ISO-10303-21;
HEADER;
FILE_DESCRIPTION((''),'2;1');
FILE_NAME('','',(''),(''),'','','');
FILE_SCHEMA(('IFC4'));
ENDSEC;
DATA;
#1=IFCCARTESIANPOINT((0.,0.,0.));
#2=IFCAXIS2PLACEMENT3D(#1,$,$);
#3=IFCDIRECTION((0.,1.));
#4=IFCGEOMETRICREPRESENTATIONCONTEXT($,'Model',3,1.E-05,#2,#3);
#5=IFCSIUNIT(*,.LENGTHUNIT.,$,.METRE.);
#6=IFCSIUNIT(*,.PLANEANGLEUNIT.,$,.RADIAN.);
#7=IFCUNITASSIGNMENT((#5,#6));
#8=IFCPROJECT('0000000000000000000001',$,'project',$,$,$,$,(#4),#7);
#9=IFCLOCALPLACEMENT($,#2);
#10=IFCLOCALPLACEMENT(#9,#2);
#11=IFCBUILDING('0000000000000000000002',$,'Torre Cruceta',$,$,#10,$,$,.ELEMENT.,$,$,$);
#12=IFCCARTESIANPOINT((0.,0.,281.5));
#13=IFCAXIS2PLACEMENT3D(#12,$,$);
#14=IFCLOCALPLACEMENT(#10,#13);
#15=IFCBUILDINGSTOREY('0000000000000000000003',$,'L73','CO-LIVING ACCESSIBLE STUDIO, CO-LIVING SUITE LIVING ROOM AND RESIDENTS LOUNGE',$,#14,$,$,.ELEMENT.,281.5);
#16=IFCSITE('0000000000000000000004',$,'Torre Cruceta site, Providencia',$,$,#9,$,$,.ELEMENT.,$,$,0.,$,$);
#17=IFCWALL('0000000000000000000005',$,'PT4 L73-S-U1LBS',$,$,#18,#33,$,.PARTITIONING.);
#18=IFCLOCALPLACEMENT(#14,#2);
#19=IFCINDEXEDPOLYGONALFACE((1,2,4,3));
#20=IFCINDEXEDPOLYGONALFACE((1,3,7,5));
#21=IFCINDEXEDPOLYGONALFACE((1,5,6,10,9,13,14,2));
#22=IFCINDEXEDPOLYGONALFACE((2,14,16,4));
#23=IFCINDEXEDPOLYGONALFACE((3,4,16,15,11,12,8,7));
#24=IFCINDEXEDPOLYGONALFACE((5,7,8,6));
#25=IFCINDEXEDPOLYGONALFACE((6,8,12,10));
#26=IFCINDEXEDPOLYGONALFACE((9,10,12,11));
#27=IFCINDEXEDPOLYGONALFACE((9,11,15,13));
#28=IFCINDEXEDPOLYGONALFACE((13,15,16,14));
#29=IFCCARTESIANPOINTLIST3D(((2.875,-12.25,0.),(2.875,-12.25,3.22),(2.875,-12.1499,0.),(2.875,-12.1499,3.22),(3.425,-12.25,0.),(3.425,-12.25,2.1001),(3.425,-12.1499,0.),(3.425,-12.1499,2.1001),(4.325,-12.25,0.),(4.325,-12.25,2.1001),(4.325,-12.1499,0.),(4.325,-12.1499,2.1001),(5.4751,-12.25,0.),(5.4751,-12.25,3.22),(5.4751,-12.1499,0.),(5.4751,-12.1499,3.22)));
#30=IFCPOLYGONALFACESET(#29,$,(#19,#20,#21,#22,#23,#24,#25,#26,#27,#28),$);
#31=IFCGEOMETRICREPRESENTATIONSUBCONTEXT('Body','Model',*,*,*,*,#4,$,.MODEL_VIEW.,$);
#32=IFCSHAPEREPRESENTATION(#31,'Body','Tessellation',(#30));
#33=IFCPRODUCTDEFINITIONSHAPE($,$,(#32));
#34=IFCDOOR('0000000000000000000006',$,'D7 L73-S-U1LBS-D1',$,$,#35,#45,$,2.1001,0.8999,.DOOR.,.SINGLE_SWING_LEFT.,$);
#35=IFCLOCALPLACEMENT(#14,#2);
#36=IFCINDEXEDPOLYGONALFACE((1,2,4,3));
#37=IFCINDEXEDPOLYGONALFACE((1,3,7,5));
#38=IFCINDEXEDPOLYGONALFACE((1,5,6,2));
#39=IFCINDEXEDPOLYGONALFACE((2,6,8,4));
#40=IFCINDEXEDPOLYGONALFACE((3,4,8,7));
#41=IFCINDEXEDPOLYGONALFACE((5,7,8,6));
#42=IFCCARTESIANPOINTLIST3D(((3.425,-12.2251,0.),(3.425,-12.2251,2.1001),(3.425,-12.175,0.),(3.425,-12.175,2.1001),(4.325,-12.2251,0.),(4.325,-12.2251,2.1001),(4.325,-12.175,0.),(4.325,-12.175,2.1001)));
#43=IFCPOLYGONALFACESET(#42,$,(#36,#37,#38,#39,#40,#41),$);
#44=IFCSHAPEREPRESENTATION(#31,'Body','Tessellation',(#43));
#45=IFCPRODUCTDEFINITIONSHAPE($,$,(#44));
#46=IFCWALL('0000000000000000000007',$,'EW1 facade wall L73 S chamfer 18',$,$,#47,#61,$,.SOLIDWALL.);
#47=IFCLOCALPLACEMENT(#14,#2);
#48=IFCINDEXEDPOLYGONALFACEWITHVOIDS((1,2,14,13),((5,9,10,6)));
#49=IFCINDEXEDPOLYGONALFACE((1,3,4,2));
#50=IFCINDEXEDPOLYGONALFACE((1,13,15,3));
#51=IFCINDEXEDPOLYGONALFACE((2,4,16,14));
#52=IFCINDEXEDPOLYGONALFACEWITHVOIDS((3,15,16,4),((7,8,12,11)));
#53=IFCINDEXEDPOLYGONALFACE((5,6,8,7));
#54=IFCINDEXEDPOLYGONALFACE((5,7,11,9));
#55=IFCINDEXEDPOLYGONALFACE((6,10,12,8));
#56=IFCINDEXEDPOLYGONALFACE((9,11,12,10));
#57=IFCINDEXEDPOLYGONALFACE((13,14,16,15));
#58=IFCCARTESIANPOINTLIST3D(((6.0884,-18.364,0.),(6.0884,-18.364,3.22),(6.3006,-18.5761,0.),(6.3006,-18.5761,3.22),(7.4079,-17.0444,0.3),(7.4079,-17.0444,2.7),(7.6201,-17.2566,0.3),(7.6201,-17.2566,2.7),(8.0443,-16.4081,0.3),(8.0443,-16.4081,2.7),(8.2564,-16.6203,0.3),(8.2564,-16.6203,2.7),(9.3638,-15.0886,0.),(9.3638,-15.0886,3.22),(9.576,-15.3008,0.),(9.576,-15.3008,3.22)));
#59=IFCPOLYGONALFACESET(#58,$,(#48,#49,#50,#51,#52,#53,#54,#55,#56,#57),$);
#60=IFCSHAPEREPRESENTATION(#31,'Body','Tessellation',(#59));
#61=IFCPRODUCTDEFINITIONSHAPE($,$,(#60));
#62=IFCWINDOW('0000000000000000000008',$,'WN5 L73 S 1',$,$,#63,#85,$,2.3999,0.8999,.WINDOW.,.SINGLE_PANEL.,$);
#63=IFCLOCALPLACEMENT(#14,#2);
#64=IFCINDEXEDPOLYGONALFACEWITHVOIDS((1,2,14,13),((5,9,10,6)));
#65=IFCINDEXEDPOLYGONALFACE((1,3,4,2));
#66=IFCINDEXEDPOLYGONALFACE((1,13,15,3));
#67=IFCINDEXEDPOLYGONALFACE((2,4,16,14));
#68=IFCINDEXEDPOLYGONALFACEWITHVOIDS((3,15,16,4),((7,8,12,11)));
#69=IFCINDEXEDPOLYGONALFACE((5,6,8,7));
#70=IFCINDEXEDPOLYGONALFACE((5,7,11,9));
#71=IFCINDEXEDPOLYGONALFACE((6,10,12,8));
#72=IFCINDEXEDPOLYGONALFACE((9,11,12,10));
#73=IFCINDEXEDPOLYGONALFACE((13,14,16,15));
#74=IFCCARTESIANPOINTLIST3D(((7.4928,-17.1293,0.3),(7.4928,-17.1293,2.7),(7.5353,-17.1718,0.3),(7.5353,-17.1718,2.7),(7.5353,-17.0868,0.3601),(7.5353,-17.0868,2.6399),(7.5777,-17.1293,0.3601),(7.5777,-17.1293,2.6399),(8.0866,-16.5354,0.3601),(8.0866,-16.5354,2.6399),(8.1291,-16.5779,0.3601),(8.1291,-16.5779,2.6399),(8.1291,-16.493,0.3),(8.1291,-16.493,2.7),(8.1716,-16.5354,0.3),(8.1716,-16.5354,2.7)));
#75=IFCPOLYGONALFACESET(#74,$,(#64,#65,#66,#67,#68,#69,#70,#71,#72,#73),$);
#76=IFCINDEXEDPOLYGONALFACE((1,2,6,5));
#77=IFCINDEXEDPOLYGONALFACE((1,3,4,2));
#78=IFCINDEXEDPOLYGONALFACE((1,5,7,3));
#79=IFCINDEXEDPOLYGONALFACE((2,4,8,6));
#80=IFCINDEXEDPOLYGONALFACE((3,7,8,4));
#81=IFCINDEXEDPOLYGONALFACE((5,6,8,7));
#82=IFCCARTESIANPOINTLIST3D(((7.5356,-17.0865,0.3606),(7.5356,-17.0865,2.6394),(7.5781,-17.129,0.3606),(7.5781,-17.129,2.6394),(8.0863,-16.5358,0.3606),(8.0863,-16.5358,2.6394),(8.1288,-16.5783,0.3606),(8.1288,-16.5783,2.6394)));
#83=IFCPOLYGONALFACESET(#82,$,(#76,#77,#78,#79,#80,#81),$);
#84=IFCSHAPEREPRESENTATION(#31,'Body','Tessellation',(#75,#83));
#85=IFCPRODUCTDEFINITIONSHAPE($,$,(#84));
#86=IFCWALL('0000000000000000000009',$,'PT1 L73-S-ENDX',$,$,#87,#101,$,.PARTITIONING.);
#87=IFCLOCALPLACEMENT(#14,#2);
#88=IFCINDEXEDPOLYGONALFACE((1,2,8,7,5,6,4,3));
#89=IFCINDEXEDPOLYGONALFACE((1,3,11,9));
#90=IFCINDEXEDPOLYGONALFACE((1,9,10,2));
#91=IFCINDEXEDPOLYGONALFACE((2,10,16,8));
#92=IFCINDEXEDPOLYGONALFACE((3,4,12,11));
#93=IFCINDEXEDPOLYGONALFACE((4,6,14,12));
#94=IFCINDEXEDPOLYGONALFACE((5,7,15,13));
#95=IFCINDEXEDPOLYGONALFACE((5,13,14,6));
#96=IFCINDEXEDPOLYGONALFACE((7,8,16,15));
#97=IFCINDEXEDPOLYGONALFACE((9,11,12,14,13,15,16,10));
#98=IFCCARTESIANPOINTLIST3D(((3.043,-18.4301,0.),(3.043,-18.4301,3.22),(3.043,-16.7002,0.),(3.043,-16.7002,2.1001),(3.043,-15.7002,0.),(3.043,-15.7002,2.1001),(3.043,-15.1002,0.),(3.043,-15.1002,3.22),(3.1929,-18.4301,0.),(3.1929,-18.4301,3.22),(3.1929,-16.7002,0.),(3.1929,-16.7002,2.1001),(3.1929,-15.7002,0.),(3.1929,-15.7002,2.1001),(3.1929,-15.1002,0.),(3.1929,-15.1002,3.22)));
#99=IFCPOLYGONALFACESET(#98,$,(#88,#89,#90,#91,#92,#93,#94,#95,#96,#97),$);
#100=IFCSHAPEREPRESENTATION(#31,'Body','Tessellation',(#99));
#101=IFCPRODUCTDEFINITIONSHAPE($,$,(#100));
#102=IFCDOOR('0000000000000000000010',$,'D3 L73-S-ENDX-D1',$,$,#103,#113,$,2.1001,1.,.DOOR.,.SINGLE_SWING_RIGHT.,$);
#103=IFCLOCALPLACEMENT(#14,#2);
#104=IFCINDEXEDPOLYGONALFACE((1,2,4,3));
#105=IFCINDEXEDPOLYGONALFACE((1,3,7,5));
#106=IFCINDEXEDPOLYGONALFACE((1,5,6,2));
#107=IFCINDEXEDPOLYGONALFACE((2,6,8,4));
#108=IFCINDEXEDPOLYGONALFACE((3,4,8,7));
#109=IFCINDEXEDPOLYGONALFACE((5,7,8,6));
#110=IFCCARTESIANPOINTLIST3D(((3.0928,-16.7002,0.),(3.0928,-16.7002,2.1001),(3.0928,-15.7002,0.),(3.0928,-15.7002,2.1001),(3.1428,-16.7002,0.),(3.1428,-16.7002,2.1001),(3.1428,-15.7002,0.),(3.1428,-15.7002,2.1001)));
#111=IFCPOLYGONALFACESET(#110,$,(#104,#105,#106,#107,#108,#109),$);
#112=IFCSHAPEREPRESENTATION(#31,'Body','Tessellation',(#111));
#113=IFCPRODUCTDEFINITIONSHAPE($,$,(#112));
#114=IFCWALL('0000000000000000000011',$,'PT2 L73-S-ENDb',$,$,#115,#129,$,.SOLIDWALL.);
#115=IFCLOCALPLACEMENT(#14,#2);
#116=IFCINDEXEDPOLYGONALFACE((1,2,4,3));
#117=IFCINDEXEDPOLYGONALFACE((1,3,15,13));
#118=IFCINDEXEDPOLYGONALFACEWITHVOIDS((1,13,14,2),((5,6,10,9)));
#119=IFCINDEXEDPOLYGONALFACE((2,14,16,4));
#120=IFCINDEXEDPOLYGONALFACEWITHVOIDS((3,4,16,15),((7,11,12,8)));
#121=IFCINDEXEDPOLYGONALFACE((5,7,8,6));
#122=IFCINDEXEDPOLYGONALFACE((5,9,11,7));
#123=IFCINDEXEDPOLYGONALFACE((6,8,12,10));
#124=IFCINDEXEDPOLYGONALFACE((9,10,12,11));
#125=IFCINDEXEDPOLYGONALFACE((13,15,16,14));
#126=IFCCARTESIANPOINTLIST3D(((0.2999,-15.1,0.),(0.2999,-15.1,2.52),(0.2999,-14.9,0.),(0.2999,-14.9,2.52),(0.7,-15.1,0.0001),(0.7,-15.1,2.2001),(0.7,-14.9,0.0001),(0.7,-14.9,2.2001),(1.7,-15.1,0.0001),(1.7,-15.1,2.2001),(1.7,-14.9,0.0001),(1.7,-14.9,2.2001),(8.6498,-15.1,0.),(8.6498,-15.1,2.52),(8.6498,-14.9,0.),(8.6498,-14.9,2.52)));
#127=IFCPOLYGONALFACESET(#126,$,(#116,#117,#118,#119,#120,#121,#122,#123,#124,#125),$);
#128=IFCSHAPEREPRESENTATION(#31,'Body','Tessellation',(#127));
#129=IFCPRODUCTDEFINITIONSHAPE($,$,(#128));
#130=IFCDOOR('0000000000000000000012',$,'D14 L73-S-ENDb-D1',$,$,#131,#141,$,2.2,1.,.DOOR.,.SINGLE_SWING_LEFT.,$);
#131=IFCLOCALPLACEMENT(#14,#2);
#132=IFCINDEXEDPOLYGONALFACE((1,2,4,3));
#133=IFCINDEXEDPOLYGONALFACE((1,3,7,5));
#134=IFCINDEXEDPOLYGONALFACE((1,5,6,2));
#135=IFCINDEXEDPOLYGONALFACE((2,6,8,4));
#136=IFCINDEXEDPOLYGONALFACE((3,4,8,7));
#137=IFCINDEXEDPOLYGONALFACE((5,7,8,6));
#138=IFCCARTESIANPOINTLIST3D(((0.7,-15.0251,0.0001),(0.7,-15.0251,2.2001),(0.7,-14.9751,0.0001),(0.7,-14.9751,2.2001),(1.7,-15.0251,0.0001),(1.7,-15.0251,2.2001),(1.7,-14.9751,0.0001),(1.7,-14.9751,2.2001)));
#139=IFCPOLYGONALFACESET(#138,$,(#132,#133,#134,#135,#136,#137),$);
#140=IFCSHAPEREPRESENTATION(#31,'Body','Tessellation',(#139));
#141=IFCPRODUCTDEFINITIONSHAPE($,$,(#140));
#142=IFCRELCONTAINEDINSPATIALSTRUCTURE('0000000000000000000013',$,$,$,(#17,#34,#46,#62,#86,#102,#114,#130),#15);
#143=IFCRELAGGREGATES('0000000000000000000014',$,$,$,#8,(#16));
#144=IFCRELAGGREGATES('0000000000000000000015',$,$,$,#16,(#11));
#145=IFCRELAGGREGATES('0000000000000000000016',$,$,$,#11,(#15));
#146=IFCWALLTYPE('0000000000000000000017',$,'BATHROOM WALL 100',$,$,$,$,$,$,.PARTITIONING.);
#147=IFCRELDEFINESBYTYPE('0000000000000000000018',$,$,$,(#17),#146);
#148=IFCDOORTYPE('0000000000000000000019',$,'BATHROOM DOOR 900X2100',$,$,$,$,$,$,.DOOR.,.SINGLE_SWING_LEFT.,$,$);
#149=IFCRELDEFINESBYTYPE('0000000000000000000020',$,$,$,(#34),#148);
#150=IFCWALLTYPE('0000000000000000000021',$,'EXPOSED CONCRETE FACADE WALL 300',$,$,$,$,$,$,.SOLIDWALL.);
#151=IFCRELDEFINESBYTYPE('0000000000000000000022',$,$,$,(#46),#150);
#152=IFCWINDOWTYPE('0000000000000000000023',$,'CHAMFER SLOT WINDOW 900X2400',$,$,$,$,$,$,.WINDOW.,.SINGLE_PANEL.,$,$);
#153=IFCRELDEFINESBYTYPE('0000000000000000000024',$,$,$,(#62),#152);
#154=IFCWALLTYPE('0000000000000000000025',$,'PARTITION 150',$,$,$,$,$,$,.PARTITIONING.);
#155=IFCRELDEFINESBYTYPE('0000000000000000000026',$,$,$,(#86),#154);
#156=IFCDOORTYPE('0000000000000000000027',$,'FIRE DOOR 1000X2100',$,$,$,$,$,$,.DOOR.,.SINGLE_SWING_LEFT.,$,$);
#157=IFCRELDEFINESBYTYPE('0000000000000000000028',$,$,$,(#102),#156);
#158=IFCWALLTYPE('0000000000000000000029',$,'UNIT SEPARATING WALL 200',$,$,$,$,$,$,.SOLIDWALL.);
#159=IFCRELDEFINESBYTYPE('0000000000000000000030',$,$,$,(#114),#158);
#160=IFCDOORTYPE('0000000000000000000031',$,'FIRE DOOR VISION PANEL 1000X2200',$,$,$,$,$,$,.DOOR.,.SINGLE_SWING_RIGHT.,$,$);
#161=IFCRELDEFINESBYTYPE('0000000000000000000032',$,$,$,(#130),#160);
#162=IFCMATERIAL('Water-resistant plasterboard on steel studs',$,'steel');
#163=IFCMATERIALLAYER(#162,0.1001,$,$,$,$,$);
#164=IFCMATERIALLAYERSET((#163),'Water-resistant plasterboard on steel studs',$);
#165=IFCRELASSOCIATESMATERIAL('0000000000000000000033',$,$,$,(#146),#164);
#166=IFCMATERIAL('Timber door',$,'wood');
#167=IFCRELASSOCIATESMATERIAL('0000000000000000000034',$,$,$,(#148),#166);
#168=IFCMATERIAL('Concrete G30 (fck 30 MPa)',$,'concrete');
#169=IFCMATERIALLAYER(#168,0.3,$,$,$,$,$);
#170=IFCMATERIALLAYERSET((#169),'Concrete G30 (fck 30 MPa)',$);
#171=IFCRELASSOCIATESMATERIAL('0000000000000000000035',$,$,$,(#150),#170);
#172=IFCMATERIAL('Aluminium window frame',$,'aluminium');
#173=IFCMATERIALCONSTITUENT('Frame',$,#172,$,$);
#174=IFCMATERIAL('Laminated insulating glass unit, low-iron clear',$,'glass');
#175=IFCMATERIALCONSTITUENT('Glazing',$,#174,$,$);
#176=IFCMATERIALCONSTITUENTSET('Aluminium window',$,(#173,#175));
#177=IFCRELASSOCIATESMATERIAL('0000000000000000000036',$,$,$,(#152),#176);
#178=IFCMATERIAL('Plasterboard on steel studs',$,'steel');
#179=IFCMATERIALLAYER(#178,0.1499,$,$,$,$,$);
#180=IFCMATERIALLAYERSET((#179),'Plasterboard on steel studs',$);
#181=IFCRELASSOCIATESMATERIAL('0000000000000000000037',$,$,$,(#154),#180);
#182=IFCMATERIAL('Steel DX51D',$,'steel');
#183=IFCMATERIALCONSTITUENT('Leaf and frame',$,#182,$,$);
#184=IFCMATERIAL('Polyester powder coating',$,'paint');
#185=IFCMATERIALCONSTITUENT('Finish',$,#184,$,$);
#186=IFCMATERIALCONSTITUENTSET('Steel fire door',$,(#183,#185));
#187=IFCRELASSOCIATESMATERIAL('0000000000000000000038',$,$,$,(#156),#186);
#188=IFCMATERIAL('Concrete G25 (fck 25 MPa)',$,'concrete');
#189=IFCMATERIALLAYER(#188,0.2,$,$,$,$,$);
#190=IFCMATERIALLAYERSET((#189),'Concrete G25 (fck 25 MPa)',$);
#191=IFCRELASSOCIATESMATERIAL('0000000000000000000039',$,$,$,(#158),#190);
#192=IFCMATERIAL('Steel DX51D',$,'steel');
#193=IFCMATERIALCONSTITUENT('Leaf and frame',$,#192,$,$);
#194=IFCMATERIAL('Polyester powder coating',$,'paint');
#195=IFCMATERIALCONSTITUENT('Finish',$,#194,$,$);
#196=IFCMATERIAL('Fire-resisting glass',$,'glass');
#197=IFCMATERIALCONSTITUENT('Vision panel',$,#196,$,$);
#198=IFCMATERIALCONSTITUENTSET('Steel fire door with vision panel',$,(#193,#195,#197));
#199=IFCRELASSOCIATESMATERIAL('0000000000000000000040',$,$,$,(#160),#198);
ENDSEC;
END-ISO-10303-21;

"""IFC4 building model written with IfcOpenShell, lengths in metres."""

from ifc_helpers import new_model, si_unit, direction, frame, frame_2d, origin, place, context, subcontext, project, spatial, rectangle, hollow_rectangle, extrude, material, layer, layer_set, constituent, constituent_set, type_object, element, fill, save


model = new_model("IFC4")

# Units and contexts
model_context = context("Model", 3, precision=1e-05, world=origin(), true_north=direction((0.0, 1.0)))
body_context = subcontext(model_context, "Body", "Model", "MODEL_VIEW")
ifc_project = project(units=[si_unit("LENGTHUNIT", "METRE"), si_unit("PLANEANGLEUNIT", "RADIAN")], contexts=[model_context])

# Site, building, storey
site_placement = place(None, origin())
site = spatial("IfcSite", under=ifc_project, at=site_placement, Name="Torre Cruceta site, Providencia", CompositionType="ELEMENT", RefElevation=0.0)
building_placement = place(site_placement, origin())
building = spatial("IfcBuilding", under=site, at=building_placement, Name="Torre Cruceta", CompositionType="ELEMENT")
storey_placement = place(building_placement, frame((0.0, 0.0, 281.5)))
storey = spatial("IfcBuildingStorey", under=building, at=storey_placement, Name="L73", Description="CO-LIVING ACCESSIBLE STUDIO, CO-LIVING SUITE LIVING ROOM AND RESIDENTS LOUNGE", CompositionType="ELEMENT", Elevation=281.5)

# Wall, opening, door
ifc_material_1 = material(Name="Water-resistant plasterboard on steel studs", Category="steel")
ifc_layer_1 = layer(ifc_material_1, 0.1001)
ifc_layer_set_1 = layer_set([ifc_layer_1], Name="Water-resistant plasterboard on steel studs")
wall_type_1 = type_object("IfcWallType", Name="BATHROOM WALL 100", PredefinedType="PARTITIONING", material=ifc_layer_set_1)
wall_1_placement = place(storey_placement, frame((2.875, -12.2, 0.0), z_axis=(0.0, 0.0, 1.0), x_axis=(1.0, 0.0, 0.0)))
wall_1 = element("IfcWall", 1, at=wall_1_placement, inside=storey, type_object=wall_type_1, Name="PT4 L73-S-U1LBS", PredefinedType="PARTITIONING", context=body_context, shape_type="SweptSolid", body=[
    extrude(rectangle(XDim=2.6001, YDim=0.1001, at=frame_2d((1.3, 0.0))), origin(), (0.0, 0.0, 1.0), 3.22),
])
opening_1_placement = place(wall_1_placement, frame((0.55, 0.0, 0.0)))
opening_1 = element("IfcOpeningElement", 2, at=opening_1_placement, cuts=wall_1, PredefinedType="OPENING", context=body_context, shape_type="SweptSolid", body=[
    extrude(rectangle(XDim=0.8999, YDim=2.1001, at=frame_2d((0.45, 1.05))), frame((0.0, 0.0601, 0.0), z_axis=(0.0, -1.0, 0.0), x_axis=(1.0, 0.0, 0.0)), (0.0, 0.0, 1.0), 0.1201),
])
ifc_material_2 = material(Name="Timber door", Category="wood")
door_type_1 = type_object("IfcDoorType", Name="BATHROOM DOOR 900X2100", OperationType="SINGLE_SWING_LEFT", PredefinedType="DOOR", material=ifc_material_2)
door_1_placement = place(opening_1_placement, origin())
door_1 = element("IfcDoor", 3, at=door_1_placement, inside=storey, type_object=door_type_1, Name="D7 L73-S-U1LBS-D1", OperationType="SINGLE_SWING_LEFT", OverallHeight=2.1001, OverallWidth=0.8999, PredefinedType="DOOR", context=body_context, shape_type="SweptSolid", body=[
    extrude(rectangle(XDim=0.8999, YDim=2.1001, at=frame_2d((0.45, 1.05))), frame((0.0, 0.0249, 0.0), z_axis=(0.0, -1.0, 0.0), x_axis=(1.0, 0.0, 0.0)), (0.0, 0.0, 1.0), 0.05),
])
fill(opening_1, door_1)

# Wall, opening, window
ifc_material_3 = material(Name="Concrete G30 (fck 30 MPa)", Category="concrete")
ifc_layer_2 = layer(ifc_material_3, 0.3)
ifc_layer_set_2 = layer_set([ifc_layer_2], Name="Concrete G30 (fck 30 MPa)")
wall_type_2 = type_object("IfcWallType", Name="EXPOSED CONCRETE FACADE WALL 300", PredefinedType="SOLIDWALL", material=ifc_layer_set_2)
wall_2_placement = place(storey_placement, frame((6.1946, -18.47, 0.0), z_axis=(0.0, 0.0, 1.0), x_axis=(0.707107, 0.707107, 0.0)))
wall_2 = element("IfcWall", 4, at=wall_2_placement, inside=storey, type_object=wall_type_2, Name="EW1 facade wall L73 S chamfer 18", PredefinedType="SOLIDWALL", context=body_context, shape_type="SweptSolid", body=[
    extrude(rectangle(XDim=4.6321, YDim=0.3, at=frame_2d((2.3159, 0.0))), origin(), (0.0, 0.0, 1.0), 3.22),
])
opening_2_placement = place(wall_2_placement, frame((1.866, 0.0, 0.3)))
opening_2 = element("IfcOpeningElement", 5, at=opening_2_placement, cuts=wall_2, PredefinedType="OPENING", context=body_context, shape_type="SweptSolid", body=[
    extrude(rectangle(XDim=0.8999, YDim=2.3999, at=frame_2d((0.45, 1.2))), frame((0.0, 0.1599, 0.0), z_axis=(0.0, -1.0, 0.0), x_axis=(1.0, 0.0, 0.0)), (0.0, 0.0, 1.0), 0.3201),
])
ifc_material_4 = material(Name="Aluminium window frame", Category="aluminium")
ifc_constituent_1 = constituent(ifc_material_4, Name="Frame")
ifc_material_5 = material(Name="Laminated insulating glass unit, low-iron clear", Category="glass")
ifc_constituent_2 = constituent(ifc_material_5, Name="Glazing")
ifc_constituent_set_1 = constituent_set(constituents=[ifc_constituent_1, ifc_constituent_2], Name="Aluminium window")
window_type = type_object("IfcWindowType", Name="CHAMFER SLOT WINDOW 900X2400", PartitioningType="SINGLE_PANEL", PredefinedType="WINDOW", material=ifc_constituent_set_1)
window_placement = place(opening_2_placement, origin())
window = element("IfcWindow", 6, at=window_placement, inside=storey, type_object=window_type, Name="WN5 L73 S 1", OverallHeight=2.3999, OverallWidth=0.8999, PartitioningType="SINGLE_PANEL", PredefinedType="WINDOW", context=body_context, shape_type="SweptSolid", body=[
    extrude(hollow_rectangle(XDim=0.8999, YDim=2.3999, WallThickness=0.0601, at=frame_2d((0.45, 1.2))), frame((0.0, 0.03, 0.0), z_axis=(0.0, -1.0, 0.0), x_axis=(1.0, 0.0, 0.0)), (0.0, 0.0, 1.0), 0.0601),
    extrude(rectangle(XDim=0.7788, YDim=2.2788, at=frame_2d((0.45, 1.2))), frame((0.0, 0.03, 0.0), z_axis=(0.0, -1.0, 0.0), x_axis=(1.0, 0.0, 0.0)), (0.0, 0.0, 1.0), 0.0601),
])
fill(opening_2, window)

# Walls, openings, doors
ifc_material_6 = material(Name="Plasterboard on steel studs", Category="steel")
ifc_layer_3 = layer(ifc_material_6, 0.1499)
ifc_layer_set_3 = layer_set([ifc_layer_3], Name="Plasterboard on steel studs")
wall_type_3 = type_object("IfcWallType", Name="PARTITION 150", PredefinedType="PARTITIONING", material=ifc_layer_set_3)
wall_3_placement = place(storey_placement, frame((3.1179, -15.1001, 0.0), z_axis=(0.0, 0.0, 1.0), x_axis=(0.0, -1.0, 0.0)))
wall_3 = element("IfcWall", 7, at=wall_3_placement, inside=storey, type_object=wall_type_3, Name="PT1 L73-S-ENDX", PredefinedType="PARTITIONING", context=body_context, shape_type="SweptSolid", body=[
    extrude(rectangle(XDim=3.3298, YDim=0.1499, at=frame_2d((1.665, 0.0))), origin(), (0.0, 0.0, 1.0), 3.22),
])
opening_3_placement = place(wall_3_placement, frame((0.6001, 0.0, 0.0)))
opening_3 = element("IfcOpeningElement", 8, at=opening_3_placement, cuts=wall_3, PredefinedType="OPENING", context=body_context, shape_type="SweptSolid", body=[
    extrude(rectangle(XDim=1.0, YDim=2.1001, at=frame_2d((0.5, 1.05))), frame((0.0, 0.085, 0.0), z_axis=(0.0, -1.0, 0.0), x_axis=(1.0, 0.0, 0.0)), (0.0, 0.0, 1.0), 0.1699),
])
ifc_material_7 = material(Name="Steel DX51D", Category="steel")
ifc_constituent_3 = constituent(ifc_material_7, Name="Leaf and frame")
ifc_material_8 = material(Name="Polyester powder coating", Category="paint")
ifc_constituent_4 = constituent(ifc_material_8, Name="Finish")
ifc_constituent_set_2 = constituent_set(constituents=[ifc_constituent_3, ifc_constituent_4], Name="Steel fire door")
door_type_2 = type_object("IfcDoorType", Name="FIRE DOOR 1000X2100", OperationType="SINGLE_SWING_LEFT", PredefinedType="DOOR", material=ifc_constituent_set_2)
door_2_placement = place(opening_3_placement, frame((1.0, 0.0, 0.0), z_axis=(0.0, 0.0, 1.0), x_axis=(-1.0, 0.0, 0.0)))
door_2 = element("IfcDoor", 9, at=door_2_placement, inside=storey, type_object=door_type_2, Name="D3 L73-S-ENDX-D1", OperationType="SINGLE_SWING_RIGHT", OverallHeight=2.1001, OverallWidth=1.0, PredefinedType="DOOR", context=body_context, shape_type="SweptSolid", body=[
    extrude(rectangle(XDim=1.0, YDim=2.1001, at=frame_2d((0.5, 1.05))), frame((0.0, 0.0251, 0.0), z_axis=(0.0, -1.0, 0.0), x_axis=(1.0, 0.0, 0.0)), (0.0, 0.0, 1.0), 0.05),
])
fill(opening_3, door_2)
ifc_material_9 = material(Name="Concrete G25 (fck 25 MPa)", Category="concrete")
ifc_layer_4 = layer(ifc_material_9, 0.2)
ifc_layer_set_4 = layer_set([ifc_layer_4], Name="Concrete G25 (fck 25 MPa)")
wall_type_4 = type_object("IfcWallType", Name="UNIT SEPARATING WALL 200", PredefinedType="SOLIDWALL", material=ifc_layer_set_4)
wall_4_placement = place(storey_placement, frame((0.3, -15.0, 0.0), z_axis=(0.0, 0.0, 1.0), x_axis=(1.0, 0.0, 0.0)))
wall_4 = element("IfcWall", 10, at=wall_4_placement, inside=storey, type_object=wall_type_4, Name="PT2 L73-S-ENDb", PredefinedType="SOLIDWALL", context=body_context, shape_type="SweptSolid", body=[
    extrude(rectangle(XDim=8.3499, YDim=0.2, at=frame_2d((4.1748, 0.0))), origin(), (0.0, 0.0, 1.0), 2.52),
])
opening_4_placement = place(wall_4_placement, frame((0.3999, 0.0, 0.0)))
opening_4 = element("IfcOpeningElement", 11, at=opening_4_placement, cuts=wall_4, PredefinedType="OPENING", context=body_context, shape_type="SweptSolid", body=[
    extrude(rectangle(XDim=1.0, YDim=2.2, at=frame_2d((0.5, 1.1001))), frame((0.0, 0.1099, 0.0), z_axis=(0.0, -1.0, 0.0), x_axis=(1.0, 0.0, 0.0)), (0.0, 0.0, 1.0), 0.22),
])
ifc_material_10 = material(Name="Steel DX51D", Category="steel")
ifc_constituent_5 = constituent(ifc_material_10, Name="Leaf and frame")
ifc_material_11 = material(Name="Polyester powder coating", Category="paint")
ifc_constituent_6 = constituent(ifc_material_11, Name="Finish")
ifc_material_12 = material(Name="Fire-resisting glass", Category="glass")
ifc_constituent_7 = constituent(ifc_material_12, Name="Vision panel")
ifc_constituent_set_3 = constituent_set(constituents=[ifc_constituent_5, ifc_constituent_6, ifc_constituent_7], Name="Steel fire door with vision panel")
door_type_3 = type_object("IfcDoorType", Name="FIRE DOOR VISION PANEL 1000X2200", OperationType="SINGLE_SWING_RIGHT", PredefinedType="DOOR", material=ifc_constituent_set_3)
door_3_placement = place(opening_4_placement, frame((1.0, 0.0, 0.0), z_axis=(0.0, 0.0, 1.0), x_axis=(-1.0, 0.0, 0.0)))
door_3 = element("IfcDoor", 12, at=door_3_placement, inside=storey, type_object=door_type_3, Name="D14 L73-S-ENDb-D1", OperationType="SINGLE_SWING_LEFT", OverallHeight=2.2, OverallWidth=1.0, PredefinedType="DOOR", context=body_context, shape_type="SweptSolid", body=[
    extrude(rectangle(XDim=1.0, YDim=2.2, at=frame_2d((0.5, 1.1001))), frame((0.0, 0.0251, 0.0), z_axis=(0.0, -1.0, 0.0), x_axis=(1.0, 0.0, 0.0)), (0.0, 0.0, 1.0), 0.05),
])
fill(opening_4, door_3)

save(model, "model.ifc")
